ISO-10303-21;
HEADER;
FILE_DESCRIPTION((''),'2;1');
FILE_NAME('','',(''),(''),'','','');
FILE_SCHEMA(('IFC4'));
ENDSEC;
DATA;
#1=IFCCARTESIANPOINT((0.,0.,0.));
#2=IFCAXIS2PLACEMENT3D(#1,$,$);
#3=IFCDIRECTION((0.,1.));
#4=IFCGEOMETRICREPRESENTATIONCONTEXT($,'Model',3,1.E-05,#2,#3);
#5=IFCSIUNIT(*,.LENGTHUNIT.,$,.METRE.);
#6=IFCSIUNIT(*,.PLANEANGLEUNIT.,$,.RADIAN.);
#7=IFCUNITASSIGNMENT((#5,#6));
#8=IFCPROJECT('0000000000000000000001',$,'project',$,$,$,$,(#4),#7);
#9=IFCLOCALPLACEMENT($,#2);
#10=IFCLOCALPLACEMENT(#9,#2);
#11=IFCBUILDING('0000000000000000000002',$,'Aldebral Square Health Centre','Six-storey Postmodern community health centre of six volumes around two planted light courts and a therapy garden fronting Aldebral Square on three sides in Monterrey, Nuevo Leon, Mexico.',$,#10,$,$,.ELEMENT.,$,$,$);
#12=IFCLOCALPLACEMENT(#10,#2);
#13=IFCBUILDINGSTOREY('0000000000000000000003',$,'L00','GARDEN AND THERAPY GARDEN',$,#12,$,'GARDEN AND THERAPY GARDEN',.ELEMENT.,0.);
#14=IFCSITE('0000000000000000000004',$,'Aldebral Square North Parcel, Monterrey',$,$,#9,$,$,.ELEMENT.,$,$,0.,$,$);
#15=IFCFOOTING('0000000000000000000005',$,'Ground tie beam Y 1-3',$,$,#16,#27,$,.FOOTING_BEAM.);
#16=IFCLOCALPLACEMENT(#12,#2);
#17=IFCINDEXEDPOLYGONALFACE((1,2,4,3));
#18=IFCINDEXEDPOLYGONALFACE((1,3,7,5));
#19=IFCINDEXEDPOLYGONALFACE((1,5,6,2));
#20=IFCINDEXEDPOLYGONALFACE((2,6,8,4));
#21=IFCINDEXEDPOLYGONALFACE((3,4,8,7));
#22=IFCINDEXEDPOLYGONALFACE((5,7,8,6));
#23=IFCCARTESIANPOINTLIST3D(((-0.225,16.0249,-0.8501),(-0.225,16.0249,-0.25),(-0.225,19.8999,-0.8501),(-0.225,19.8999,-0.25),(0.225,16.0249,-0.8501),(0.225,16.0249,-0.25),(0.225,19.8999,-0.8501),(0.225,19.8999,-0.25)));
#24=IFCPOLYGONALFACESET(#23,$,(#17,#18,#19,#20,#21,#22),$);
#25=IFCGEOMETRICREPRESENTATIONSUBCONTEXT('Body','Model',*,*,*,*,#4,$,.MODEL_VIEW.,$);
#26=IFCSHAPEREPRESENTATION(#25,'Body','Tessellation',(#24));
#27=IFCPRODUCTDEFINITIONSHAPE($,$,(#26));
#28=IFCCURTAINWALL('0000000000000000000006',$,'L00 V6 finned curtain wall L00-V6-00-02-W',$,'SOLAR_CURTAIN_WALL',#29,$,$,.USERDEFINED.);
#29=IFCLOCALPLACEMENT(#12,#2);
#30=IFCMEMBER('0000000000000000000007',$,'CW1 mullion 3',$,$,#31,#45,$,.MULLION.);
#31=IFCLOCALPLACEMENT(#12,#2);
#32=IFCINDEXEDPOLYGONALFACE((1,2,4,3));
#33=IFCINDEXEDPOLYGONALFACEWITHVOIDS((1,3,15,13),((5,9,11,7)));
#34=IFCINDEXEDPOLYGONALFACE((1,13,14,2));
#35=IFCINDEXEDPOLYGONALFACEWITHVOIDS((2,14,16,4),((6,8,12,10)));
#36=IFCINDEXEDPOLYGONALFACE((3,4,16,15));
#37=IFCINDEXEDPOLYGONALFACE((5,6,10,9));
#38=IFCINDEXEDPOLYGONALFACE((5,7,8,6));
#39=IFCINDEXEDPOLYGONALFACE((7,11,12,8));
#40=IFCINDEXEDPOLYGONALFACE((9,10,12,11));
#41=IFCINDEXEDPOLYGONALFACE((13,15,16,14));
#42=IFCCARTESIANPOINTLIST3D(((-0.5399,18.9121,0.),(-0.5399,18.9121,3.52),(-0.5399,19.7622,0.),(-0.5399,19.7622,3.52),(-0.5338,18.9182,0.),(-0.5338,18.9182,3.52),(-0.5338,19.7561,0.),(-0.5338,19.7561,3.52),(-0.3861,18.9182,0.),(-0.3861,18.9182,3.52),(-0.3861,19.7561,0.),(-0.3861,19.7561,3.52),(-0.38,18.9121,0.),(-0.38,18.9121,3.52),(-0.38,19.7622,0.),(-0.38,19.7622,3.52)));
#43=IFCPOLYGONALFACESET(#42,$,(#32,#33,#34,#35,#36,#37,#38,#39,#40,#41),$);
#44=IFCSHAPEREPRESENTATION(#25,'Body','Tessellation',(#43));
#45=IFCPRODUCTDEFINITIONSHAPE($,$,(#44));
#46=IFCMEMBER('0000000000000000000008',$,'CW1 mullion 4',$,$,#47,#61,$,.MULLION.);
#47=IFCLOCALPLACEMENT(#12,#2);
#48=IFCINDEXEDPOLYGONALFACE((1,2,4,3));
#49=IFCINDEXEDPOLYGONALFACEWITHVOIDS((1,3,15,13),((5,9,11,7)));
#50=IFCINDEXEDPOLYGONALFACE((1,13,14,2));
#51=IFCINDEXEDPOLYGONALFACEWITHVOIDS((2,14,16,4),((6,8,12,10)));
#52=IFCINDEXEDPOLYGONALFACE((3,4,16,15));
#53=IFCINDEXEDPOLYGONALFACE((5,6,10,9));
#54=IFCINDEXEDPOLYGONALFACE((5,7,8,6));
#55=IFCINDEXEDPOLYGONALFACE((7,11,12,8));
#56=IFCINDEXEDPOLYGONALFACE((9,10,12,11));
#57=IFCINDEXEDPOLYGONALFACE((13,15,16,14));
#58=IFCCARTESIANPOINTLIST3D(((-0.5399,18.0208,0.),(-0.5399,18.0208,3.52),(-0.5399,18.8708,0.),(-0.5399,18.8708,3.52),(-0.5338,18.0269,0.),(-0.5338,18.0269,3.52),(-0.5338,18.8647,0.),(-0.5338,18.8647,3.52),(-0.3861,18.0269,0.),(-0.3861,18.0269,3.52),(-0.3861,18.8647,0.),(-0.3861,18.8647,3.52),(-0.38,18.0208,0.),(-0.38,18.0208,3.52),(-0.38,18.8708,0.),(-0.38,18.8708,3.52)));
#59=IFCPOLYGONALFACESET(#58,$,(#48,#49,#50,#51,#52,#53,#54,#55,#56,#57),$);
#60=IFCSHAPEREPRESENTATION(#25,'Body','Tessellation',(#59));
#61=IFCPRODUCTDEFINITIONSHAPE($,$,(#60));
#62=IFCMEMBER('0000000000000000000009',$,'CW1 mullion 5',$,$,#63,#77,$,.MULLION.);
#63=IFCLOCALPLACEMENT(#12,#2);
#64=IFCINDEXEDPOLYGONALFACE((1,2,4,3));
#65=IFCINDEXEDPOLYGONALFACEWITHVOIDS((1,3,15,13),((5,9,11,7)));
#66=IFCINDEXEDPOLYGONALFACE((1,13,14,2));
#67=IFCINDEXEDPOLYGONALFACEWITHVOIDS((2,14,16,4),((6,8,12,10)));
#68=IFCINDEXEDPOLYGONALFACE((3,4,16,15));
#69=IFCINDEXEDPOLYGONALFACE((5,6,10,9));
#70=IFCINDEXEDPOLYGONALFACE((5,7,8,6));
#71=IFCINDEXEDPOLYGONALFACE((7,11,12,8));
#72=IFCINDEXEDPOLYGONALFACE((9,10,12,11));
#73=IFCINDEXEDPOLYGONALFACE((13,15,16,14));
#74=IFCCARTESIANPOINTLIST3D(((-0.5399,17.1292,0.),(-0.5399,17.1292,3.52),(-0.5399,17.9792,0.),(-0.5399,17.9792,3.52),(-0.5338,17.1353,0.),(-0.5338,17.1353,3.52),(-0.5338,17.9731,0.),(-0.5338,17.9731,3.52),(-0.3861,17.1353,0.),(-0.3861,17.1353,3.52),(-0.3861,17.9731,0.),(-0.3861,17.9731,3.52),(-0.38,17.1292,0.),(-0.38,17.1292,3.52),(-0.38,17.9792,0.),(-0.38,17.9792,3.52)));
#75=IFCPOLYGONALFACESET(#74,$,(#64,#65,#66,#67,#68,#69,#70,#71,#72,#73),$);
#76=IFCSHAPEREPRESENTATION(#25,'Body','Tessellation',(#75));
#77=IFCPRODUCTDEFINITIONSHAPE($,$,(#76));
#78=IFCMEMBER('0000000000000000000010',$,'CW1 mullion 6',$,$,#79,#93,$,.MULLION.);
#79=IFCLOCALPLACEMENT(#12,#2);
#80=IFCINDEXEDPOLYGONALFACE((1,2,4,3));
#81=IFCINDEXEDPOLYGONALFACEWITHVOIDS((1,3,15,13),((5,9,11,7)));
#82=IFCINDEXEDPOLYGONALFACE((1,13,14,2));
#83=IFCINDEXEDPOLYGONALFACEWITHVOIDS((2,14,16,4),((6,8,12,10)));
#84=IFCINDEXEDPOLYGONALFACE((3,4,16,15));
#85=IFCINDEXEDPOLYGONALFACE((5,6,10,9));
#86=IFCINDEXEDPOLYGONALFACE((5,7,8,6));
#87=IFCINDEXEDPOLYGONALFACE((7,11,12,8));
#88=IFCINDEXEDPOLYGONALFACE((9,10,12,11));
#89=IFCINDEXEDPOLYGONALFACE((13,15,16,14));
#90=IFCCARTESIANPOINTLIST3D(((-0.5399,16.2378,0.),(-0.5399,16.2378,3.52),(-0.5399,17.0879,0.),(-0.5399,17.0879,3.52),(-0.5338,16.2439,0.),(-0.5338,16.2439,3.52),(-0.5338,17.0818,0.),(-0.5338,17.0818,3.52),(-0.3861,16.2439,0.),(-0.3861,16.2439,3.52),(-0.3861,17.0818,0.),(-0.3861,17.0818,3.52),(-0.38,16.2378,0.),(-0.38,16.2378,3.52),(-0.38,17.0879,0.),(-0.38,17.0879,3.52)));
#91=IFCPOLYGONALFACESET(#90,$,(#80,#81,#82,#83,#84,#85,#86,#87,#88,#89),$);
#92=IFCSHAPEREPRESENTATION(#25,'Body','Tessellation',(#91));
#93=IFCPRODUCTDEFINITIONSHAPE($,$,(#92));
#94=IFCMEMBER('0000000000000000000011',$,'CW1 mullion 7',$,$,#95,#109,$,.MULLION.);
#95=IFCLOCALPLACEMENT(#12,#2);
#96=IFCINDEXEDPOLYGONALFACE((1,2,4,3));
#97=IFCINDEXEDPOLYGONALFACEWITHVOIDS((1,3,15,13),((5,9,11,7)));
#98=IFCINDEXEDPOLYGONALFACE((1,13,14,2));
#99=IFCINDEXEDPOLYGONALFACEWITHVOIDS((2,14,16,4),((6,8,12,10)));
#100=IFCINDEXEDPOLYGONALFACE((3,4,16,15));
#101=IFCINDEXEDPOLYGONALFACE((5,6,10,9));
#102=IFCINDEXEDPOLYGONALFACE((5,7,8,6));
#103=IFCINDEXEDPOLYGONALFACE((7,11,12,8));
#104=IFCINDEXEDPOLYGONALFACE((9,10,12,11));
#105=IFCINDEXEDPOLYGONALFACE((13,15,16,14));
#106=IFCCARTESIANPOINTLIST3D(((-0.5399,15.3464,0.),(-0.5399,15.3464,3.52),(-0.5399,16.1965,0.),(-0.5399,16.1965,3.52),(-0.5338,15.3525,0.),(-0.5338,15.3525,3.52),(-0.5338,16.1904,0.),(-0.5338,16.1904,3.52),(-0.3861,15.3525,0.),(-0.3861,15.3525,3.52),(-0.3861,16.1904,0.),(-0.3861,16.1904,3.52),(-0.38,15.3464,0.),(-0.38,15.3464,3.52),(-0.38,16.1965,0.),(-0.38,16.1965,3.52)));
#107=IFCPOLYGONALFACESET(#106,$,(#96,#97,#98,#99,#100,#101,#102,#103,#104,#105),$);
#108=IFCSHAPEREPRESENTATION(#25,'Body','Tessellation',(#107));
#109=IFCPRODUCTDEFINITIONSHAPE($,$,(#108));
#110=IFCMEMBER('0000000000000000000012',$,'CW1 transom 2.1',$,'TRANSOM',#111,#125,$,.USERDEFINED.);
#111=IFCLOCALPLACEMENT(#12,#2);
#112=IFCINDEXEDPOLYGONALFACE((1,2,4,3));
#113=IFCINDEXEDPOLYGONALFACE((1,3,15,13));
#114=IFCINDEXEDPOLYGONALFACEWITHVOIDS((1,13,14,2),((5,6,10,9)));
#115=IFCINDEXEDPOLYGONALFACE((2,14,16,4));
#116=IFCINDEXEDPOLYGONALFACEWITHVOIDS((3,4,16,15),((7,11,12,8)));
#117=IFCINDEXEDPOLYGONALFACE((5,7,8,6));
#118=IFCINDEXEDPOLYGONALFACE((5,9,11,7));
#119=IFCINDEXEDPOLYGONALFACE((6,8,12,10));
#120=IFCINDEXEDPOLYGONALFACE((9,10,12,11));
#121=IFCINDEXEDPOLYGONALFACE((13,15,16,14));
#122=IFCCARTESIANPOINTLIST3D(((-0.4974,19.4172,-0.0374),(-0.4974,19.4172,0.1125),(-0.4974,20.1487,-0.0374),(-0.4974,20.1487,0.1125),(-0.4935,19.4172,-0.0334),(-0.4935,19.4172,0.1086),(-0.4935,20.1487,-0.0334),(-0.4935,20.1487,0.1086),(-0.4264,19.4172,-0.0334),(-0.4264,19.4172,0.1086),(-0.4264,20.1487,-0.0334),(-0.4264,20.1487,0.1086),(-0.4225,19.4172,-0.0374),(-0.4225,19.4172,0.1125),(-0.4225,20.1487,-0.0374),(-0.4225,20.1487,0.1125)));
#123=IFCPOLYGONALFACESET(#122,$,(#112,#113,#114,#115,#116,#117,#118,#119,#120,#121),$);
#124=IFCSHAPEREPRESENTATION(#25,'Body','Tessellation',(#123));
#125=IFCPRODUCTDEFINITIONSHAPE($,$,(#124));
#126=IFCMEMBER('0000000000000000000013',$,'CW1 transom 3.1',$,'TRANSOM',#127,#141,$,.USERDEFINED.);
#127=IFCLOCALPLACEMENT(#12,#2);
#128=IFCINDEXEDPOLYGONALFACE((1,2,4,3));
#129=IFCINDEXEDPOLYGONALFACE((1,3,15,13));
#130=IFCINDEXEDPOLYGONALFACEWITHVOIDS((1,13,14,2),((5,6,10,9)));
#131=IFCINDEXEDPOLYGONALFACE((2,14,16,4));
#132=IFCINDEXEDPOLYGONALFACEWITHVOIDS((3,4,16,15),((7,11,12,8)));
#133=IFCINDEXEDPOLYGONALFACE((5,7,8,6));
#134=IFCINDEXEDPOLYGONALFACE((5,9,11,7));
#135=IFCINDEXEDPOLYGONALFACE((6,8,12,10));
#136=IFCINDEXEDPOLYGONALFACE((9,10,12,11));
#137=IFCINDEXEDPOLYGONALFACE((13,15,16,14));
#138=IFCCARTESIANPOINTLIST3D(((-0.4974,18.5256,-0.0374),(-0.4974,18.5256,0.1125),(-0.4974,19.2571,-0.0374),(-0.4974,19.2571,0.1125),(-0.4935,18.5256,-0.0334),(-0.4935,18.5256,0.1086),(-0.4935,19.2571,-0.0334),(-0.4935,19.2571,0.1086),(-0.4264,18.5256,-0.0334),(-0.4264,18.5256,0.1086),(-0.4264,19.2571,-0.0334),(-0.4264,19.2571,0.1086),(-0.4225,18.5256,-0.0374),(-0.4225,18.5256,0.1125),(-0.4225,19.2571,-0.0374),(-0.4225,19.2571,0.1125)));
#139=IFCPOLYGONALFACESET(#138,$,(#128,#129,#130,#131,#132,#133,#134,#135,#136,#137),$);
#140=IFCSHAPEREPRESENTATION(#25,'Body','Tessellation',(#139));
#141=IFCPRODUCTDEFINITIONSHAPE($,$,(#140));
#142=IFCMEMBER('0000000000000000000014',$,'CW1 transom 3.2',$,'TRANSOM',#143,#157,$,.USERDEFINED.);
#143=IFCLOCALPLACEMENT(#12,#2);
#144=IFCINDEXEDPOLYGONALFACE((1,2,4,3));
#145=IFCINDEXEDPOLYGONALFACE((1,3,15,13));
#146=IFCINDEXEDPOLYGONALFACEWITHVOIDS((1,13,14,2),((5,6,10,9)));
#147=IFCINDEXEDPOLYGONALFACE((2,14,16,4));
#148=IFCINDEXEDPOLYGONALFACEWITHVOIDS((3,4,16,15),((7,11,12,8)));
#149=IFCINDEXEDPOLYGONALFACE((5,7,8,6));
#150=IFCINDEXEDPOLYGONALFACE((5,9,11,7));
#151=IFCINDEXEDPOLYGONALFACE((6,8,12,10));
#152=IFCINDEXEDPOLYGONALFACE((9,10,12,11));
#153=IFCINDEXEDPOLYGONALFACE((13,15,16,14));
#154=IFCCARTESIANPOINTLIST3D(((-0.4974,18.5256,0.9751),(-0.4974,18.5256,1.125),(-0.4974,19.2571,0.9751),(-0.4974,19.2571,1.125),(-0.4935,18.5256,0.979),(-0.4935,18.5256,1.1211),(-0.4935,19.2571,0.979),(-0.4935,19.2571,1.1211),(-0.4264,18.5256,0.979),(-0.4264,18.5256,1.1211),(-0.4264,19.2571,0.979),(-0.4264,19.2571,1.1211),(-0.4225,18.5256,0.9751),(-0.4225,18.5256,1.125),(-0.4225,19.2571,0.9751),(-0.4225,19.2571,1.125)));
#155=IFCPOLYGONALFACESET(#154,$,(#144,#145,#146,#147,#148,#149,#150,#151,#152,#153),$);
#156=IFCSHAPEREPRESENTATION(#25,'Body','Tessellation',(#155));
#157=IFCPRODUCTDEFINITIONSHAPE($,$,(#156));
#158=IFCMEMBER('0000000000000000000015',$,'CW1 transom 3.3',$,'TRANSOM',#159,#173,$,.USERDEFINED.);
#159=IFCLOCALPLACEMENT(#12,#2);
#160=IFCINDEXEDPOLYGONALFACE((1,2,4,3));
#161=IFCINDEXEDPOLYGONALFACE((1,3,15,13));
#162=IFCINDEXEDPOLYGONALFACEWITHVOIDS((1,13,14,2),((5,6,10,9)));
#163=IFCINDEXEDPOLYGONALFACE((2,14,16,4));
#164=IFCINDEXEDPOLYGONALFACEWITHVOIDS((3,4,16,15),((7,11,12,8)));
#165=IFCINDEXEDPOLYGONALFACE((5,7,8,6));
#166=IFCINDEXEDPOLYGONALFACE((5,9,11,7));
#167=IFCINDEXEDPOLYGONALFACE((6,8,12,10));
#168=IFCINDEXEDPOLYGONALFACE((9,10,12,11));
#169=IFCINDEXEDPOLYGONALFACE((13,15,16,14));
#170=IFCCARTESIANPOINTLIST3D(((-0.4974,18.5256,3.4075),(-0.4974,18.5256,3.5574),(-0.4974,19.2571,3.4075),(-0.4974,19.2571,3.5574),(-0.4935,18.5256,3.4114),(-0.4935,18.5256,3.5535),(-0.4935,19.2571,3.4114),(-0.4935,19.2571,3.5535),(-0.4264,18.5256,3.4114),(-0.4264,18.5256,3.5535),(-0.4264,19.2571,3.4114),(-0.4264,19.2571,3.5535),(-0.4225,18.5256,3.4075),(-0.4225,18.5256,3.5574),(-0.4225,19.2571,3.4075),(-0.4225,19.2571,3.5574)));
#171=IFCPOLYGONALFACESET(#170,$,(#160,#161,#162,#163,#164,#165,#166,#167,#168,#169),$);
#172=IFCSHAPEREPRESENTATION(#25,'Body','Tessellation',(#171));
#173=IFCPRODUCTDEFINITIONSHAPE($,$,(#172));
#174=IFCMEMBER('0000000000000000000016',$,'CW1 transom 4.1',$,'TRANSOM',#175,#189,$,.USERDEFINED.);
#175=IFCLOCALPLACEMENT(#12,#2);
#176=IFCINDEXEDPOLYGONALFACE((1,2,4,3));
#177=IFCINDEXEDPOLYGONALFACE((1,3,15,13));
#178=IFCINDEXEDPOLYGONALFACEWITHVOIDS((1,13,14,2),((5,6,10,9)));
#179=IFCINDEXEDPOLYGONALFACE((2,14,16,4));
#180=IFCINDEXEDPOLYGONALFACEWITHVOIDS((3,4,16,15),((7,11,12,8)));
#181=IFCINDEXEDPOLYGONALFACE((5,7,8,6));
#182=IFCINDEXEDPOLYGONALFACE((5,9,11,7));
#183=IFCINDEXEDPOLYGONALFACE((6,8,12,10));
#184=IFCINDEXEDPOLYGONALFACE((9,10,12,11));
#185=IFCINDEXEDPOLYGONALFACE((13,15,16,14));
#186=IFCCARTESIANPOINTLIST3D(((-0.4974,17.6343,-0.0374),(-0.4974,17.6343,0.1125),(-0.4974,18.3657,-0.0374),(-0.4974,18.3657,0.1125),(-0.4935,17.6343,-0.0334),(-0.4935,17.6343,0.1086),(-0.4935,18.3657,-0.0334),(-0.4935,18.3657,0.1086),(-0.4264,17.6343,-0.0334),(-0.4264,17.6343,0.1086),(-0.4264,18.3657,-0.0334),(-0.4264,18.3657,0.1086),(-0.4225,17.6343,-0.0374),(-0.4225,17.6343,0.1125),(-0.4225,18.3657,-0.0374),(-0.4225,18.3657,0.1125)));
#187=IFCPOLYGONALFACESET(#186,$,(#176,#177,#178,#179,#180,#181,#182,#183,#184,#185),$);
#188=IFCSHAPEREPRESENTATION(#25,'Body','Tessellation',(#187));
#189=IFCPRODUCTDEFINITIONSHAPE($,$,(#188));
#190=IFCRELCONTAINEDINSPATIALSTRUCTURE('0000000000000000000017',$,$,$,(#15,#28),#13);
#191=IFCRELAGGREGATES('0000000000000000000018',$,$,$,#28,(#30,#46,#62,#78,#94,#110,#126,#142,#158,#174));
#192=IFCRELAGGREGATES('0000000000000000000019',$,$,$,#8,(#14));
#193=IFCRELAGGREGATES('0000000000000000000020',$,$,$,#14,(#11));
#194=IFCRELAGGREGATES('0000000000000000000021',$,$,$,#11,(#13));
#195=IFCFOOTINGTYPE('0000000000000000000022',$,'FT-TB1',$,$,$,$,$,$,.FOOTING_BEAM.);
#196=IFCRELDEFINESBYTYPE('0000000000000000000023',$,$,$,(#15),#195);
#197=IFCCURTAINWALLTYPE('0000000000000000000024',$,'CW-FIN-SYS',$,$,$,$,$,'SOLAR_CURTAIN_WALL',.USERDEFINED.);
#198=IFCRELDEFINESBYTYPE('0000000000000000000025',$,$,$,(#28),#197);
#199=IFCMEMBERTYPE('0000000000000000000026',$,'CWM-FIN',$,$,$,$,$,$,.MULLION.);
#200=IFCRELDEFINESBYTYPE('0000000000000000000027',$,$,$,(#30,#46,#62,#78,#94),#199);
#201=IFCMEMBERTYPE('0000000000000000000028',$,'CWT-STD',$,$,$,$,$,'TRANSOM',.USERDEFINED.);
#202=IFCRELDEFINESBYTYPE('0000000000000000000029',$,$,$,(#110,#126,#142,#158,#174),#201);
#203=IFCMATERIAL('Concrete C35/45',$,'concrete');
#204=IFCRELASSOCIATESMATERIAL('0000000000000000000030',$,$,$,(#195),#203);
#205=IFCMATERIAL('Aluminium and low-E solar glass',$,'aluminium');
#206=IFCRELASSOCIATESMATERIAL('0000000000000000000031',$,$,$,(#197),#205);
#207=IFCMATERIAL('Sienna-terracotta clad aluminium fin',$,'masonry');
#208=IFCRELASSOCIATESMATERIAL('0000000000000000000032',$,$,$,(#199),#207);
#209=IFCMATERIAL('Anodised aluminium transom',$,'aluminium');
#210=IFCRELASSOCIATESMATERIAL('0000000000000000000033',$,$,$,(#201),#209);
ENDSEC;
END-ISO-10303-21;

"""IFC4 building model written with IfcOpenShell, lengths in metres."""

from ifc_helpers import new_model, si_unit, direction, frame, origin, origin_2d, place, context, subcontext, project, spatial, rectangle, hollow_rectangle, extrude, material, material_profile, profile_set, type_object, element, aggregate, save


model = new_model("IFC4")

# Units and contexts
model_context = context("Model", 3, precision=1e-05, world=origin(), true_north=direction((0.0, 1.0)))
body_context = subcontext(model_context, "Body", "Model", "MODEL_VIEW")
ifc_project = project(units=[si_unit("LENGTHUNIT", "METRE"), si_unit("PLANEANGLEUNIT", "RADIAN")], contexts=[model_context])

# Site, building, storey
site_placement = place(None, origin())
site = spatial("IfcSite", under=ifc_project, at=site_placement, Name="Aldebral Square North Parcel, Monterrey", CompositionType="ELEMENT", RefElevation=0.0)
building_placement = place(site_placement, origin())
building = spatial("IfcBuilding", under=site, at=building_placement, Name="Aldebral Square Health Centre", Description="Six-storey Postmodern community health centre of six volumes around two planted light courts and a therapy garden fronting Aldebral Square on three sides in Monterrey, Nuevo Leon, Mexico.", CompositionType="ELEMENT")
storey_placement = place(building_placement, origin())
storey = spatial("IfcBuildingStorey", under=building, at=storey_placement, Name="L00", Description="GARDEN AND THERAPY GARDEN", LongName="GARDEN AND THERAPY GARDEN", CompositionType="ELEMENT", Elevation=0.0)

# Footing
ifc_material_1 = material(Name="Concrete C35/45", Category="concrete")
ifc_material_profile_1 = material_profile(ifc_material_1, rectangle(XDim=0.45, YDim=0.6001, at=origin_2d()), Name="RC 450x600")
ifc_profile_set_1 = profile_set([ifc_material_profile_1], Name="Concrete C35/45")
footing_type = type_object("IfcFootingType", Name="FT-TB1", PredefinedType="FOOTING_BEAM", material=ifc_profile_set_1)
footing_placement = place(storey_placement, frame((0.0, 16.0249, -0.55), z_axis=(0.0, 1.0, 0.0), x_axis=(-1.0, 0.0, 0.0)))
element("IfcFooting", 1, at=footing_placement, inside=storey, type_object=footing_type, Name="Ground tie beam Y 1-3", PredefinedType="FOOTING_BEAM", context=body_context, shape_type="SweptSolid", body=[
    extrude(rectangle(XDim=0.45, YDim=0.6001, at=origin_2d()), origin(), (0.0, 0.0, 1.0), 3.875),
])

# Curtain wall, members
ifc_material_2 = material(Name="Aluminium and low-E solar glass", Category="aluminium")
curtain_wall_type = type_object("IfcCurtainWallType", Name="CW-FIN-SYS", ElementType="SOLAR_CURTAIN_WALL", PredefinedType="USERDEFINED", material=ifc_material_2)
curtain_wall_placement = place(storey_placement, origin())
curtain_wall = element("IfcCurtainWall", 2, at=curtain_wall_placement, inside=storey, type_object=curtain_wall_type, Name="L00 V6 finned curtain wall L00-V6-00-02-W", ObjectType="SOLAR_CURTAIN_WALL", PredefinedType="USERDEFINED")
ifc_material_3 = material(Name="Sienna-terracotta clad aluminium fin", Category="masonry")
ifc_material_profile_2 = material_profile(ifc_material_3, hollow_rectangle(XDim=0.1599, YDim=0.8501, WallThickness=0.0061, at=origin_2d()), Name="FIN 160x850x6")
ifc_profile_set_2 = profile_set([ifc_material_profile_2], Name="Sienna-terracotta clad aluminium fin")
member_type_1 = type_object("IfcMemberType", Name="CWM-FIN", PredefinedType="MULLION", material=ifc_profile_set_2)
member_1_placement = place(storey_placement, frame((-0.46, 19.3372, 0.0), z_axis=(0.0, 0.0, 1.0), x_axis=(1.0, 0.0, 0.0)))
member_1 = element("IfcMember", 3, at=member_1_placement, type_object=member_type_1, Name="CW1 mullion 3", PredefinedType="MULLION", context=body_context, shape_type="SweptSolid", body=[
    extrude(hollow_rectangle(XDim=0.1599, YDim=0.8501, WallThickness=0.0061, at=origin_2d()), origin(), (0.0, 0.0, 1.0), 3.52),
])
member_2_placement = place(storey_placement, frame((-0.46, 18.4458, 0.0), z_axis=(0.0, 0.0, 1.0), x_axis=(1.0, 0.0, 0.0)))
member_2 = element("IfcMember", 4, at=member_2_placement, type_object=member_type_1, Name="CW1 mullion 4", PredefinedType="MULLION", context=body_context, shape_type="SweptSolid", body=[
    extrude(hollow_rectangle(XDim=0.1599, YDim=0.8501, WallThickness=0.0061, at=origin_2d()), origin(), (0.0, 0.0, 1.0), 3.52),
])
member_3_placement = place(storey_placement, frame((-0.46, 17.5542, 0.0), z_axis=(0.0, 0.0, 1.0), x_axis=(1.0, 0.0, 0.0)))
member_3 = element("IfcMember", 5, at=member_3_placement, type_object=member_type_1, Name="CW1 mullion 5", PredefinedType="MULLION", context=body_context, shape_type="SweptSolid", body=[
    extrude(hollow_rectangle(XDim=0.1599, YDim=0.8501, WallThickness=0.0061, at=origin_2d()), origin(), (0.0, 0.0, 1.0), 3.52),
])
member_4_placement = place(storey_placement, frame((-0.46, 16.6628, 0.0), z_axis=(0.0, 0.0, 1.0), x_axis=(1.0, 0.0, 0.0)))
member_4 = element("IfcMember", 6, at=member_4_placement, type_object=member_type_1, Name="CW1 mullion 6", PredefinedType="MULLION", context=body_context, shape_type="SweptSolid", body=[
    extrude(hollow_rectangle(XDim=0.1599, YDim=0.8501, WallThickness=0.0061, at=origin_2d()), origin(), (0.0, 0.0, 1.0), 3.52),
])
member_5_placement = place(storey_placement, frame((-0.46, 15.7715, 0.0), z_axis=(0.0, 0.0, 1.0), x_axis=(1.0, 0.0, 0.0)))
member_5 = element("IfcMember", 7, at=member_5_placement, type_object=member_type_1, Name="CW1 mullion 7", PredefinedType="MULLION", context=body_context, shape_type="SweptSolid", body=[
    extrude(hollow_rectangle(XDim=0.1599, YDim=0.8501, WallThickness=0.0061, at=origin_2d()), origin(), (0.0, 0.0, 1.0), 3.52),
])
ifc_material_4 = material(Name="Anodised aluminium transom", Category="aluminium")
ifc_material_profile_3 = material_profile(ifc_material_4, hollow_rectangle(XDim=0.075, YDim=0.1499, WallThickness=0.0039, at=origin_2d()), Name="CWT 75x150x4")
ifc_profile_set_3 = profile_set([ifc_material_profile_3], Name="Anodised aluminium transom")
member_type_2 = type_object("IfcMemberType", Name="CWT-STD", ElementType="TRANSOM", PredefinedType="USERDEFINED", material=ifc_profile_set_3)
member_6_placement = place(storey_placement, frame((-0.46, 20.1487, 0.0376), z_axis=(0.0, -1.0, 0.0), x_axis=(1.0, 0.0, 0.0)))
member_6 = element("IfcMember", 8, at=member_6_placement, type_object=member_type_2, Name="CW1 transom 2.1", ObjectType="TRANSOM", PredefinedType="USERDEFINED", context=body_context, shape_type="SweptSolid", body=[
    extrude(hollow_rectangle(XDim=0.075, YDim=0.1499, WallThickness=0.0039, at=origin_2d()), origin(), (0.0, 0.0, 1.0), 0.7314),
])
member_7_placement = place(storey_placement, frame((-0.46, 19.2571, 0.0376), z_axis=(0.0, -1.0, 0.0), x_axis=(1.0, 0.0, 0.0)))
member_7 = element("IfcMember", 9, at=member_7_placement, type_object=member_type_2, Name="CW1 transom 3.1", ObjectType="TRANSOM", PredefinedType="USERDEFINED", context=body_context, shape_type="SweptSolid", body=[
    extrude(hollow_rectangle(XDim=0.075, YDim=0.1499, WallThickness=0.0039, at=origin_2d()), origin(), (0.0, 0.0, 1.0), 0.7314),
])
member_8_placement = place(storey_placement, frame((-0.46, 19.2571, 1.05), z_axis=(0.0, -1.0, 0.0), x_axis=(1.0, 0.0, 0.0)))
member_8 = element("IfcMember", 10, at=member_8_placement, type_object=member_type_2, Name="CW1 transom 3.2", ObjectType="TRANSOM", PredefinedType="USERDEFINED", context=body_context, shape_type="SweptSolid", body=[
    extrude(hollow_rectangle(XDim=0.075, YDim=0.1499, WallThickness=0.0039, at=origin_2d()), origin(), (0.0, 0.0, 1.0), 0.7314),
])
member_9_placement = place(storey_placement, frame((-0.46, 19.2571, 3.4824), z_axis=(0.0, -1.0, 0.0), x_axis=(1.0, 0.0, 0.0)))
member_9 = element("IfcMember", 11, at=member_9_placement, type_object=member_type_2, Name="CW1 transom 3.3", ObjectType="TRANSOM", PredefinedType="USERDEFINED", context=body_context, shape_type="SweptSolid", body=[
    extrude(hollow_rectangle(XDim=0.075, YDim=0.1499, WallThickness=0.0039, at=origin_2d()), origin(), (0.0, 0.0, 1.0), 0.7314),
])
member_10_placement = place(storey_placement, frame((-0.46, 18.3657, 0.0376), z_axis=(0.0, -1.0, 0.0), x_axis=(1.0, 0.0, 0.0)))
member_10 = element("IfcMember", 12, at=member_10_placement, type_object=member_type_2, Name="CW1 transom 4.1", ObjectType="TRANSOM", PredefinedType="USERDEFINED", context=body_context, shape_type="SweptSolid", body=[
    extrude(hollow_rectangle(XDim=0.075, YDim=0.1499, WallThickness=0.0039, at=origin_2d()), origin(), (0.0, 0.0, 1.0), 0.7314),
])
aggregate(curtain_wall, [member_1, member_2, member_3, member_4, member_5, member_6, member_7, member_8, member_9, member_10])

save(model, "model.ifc")
